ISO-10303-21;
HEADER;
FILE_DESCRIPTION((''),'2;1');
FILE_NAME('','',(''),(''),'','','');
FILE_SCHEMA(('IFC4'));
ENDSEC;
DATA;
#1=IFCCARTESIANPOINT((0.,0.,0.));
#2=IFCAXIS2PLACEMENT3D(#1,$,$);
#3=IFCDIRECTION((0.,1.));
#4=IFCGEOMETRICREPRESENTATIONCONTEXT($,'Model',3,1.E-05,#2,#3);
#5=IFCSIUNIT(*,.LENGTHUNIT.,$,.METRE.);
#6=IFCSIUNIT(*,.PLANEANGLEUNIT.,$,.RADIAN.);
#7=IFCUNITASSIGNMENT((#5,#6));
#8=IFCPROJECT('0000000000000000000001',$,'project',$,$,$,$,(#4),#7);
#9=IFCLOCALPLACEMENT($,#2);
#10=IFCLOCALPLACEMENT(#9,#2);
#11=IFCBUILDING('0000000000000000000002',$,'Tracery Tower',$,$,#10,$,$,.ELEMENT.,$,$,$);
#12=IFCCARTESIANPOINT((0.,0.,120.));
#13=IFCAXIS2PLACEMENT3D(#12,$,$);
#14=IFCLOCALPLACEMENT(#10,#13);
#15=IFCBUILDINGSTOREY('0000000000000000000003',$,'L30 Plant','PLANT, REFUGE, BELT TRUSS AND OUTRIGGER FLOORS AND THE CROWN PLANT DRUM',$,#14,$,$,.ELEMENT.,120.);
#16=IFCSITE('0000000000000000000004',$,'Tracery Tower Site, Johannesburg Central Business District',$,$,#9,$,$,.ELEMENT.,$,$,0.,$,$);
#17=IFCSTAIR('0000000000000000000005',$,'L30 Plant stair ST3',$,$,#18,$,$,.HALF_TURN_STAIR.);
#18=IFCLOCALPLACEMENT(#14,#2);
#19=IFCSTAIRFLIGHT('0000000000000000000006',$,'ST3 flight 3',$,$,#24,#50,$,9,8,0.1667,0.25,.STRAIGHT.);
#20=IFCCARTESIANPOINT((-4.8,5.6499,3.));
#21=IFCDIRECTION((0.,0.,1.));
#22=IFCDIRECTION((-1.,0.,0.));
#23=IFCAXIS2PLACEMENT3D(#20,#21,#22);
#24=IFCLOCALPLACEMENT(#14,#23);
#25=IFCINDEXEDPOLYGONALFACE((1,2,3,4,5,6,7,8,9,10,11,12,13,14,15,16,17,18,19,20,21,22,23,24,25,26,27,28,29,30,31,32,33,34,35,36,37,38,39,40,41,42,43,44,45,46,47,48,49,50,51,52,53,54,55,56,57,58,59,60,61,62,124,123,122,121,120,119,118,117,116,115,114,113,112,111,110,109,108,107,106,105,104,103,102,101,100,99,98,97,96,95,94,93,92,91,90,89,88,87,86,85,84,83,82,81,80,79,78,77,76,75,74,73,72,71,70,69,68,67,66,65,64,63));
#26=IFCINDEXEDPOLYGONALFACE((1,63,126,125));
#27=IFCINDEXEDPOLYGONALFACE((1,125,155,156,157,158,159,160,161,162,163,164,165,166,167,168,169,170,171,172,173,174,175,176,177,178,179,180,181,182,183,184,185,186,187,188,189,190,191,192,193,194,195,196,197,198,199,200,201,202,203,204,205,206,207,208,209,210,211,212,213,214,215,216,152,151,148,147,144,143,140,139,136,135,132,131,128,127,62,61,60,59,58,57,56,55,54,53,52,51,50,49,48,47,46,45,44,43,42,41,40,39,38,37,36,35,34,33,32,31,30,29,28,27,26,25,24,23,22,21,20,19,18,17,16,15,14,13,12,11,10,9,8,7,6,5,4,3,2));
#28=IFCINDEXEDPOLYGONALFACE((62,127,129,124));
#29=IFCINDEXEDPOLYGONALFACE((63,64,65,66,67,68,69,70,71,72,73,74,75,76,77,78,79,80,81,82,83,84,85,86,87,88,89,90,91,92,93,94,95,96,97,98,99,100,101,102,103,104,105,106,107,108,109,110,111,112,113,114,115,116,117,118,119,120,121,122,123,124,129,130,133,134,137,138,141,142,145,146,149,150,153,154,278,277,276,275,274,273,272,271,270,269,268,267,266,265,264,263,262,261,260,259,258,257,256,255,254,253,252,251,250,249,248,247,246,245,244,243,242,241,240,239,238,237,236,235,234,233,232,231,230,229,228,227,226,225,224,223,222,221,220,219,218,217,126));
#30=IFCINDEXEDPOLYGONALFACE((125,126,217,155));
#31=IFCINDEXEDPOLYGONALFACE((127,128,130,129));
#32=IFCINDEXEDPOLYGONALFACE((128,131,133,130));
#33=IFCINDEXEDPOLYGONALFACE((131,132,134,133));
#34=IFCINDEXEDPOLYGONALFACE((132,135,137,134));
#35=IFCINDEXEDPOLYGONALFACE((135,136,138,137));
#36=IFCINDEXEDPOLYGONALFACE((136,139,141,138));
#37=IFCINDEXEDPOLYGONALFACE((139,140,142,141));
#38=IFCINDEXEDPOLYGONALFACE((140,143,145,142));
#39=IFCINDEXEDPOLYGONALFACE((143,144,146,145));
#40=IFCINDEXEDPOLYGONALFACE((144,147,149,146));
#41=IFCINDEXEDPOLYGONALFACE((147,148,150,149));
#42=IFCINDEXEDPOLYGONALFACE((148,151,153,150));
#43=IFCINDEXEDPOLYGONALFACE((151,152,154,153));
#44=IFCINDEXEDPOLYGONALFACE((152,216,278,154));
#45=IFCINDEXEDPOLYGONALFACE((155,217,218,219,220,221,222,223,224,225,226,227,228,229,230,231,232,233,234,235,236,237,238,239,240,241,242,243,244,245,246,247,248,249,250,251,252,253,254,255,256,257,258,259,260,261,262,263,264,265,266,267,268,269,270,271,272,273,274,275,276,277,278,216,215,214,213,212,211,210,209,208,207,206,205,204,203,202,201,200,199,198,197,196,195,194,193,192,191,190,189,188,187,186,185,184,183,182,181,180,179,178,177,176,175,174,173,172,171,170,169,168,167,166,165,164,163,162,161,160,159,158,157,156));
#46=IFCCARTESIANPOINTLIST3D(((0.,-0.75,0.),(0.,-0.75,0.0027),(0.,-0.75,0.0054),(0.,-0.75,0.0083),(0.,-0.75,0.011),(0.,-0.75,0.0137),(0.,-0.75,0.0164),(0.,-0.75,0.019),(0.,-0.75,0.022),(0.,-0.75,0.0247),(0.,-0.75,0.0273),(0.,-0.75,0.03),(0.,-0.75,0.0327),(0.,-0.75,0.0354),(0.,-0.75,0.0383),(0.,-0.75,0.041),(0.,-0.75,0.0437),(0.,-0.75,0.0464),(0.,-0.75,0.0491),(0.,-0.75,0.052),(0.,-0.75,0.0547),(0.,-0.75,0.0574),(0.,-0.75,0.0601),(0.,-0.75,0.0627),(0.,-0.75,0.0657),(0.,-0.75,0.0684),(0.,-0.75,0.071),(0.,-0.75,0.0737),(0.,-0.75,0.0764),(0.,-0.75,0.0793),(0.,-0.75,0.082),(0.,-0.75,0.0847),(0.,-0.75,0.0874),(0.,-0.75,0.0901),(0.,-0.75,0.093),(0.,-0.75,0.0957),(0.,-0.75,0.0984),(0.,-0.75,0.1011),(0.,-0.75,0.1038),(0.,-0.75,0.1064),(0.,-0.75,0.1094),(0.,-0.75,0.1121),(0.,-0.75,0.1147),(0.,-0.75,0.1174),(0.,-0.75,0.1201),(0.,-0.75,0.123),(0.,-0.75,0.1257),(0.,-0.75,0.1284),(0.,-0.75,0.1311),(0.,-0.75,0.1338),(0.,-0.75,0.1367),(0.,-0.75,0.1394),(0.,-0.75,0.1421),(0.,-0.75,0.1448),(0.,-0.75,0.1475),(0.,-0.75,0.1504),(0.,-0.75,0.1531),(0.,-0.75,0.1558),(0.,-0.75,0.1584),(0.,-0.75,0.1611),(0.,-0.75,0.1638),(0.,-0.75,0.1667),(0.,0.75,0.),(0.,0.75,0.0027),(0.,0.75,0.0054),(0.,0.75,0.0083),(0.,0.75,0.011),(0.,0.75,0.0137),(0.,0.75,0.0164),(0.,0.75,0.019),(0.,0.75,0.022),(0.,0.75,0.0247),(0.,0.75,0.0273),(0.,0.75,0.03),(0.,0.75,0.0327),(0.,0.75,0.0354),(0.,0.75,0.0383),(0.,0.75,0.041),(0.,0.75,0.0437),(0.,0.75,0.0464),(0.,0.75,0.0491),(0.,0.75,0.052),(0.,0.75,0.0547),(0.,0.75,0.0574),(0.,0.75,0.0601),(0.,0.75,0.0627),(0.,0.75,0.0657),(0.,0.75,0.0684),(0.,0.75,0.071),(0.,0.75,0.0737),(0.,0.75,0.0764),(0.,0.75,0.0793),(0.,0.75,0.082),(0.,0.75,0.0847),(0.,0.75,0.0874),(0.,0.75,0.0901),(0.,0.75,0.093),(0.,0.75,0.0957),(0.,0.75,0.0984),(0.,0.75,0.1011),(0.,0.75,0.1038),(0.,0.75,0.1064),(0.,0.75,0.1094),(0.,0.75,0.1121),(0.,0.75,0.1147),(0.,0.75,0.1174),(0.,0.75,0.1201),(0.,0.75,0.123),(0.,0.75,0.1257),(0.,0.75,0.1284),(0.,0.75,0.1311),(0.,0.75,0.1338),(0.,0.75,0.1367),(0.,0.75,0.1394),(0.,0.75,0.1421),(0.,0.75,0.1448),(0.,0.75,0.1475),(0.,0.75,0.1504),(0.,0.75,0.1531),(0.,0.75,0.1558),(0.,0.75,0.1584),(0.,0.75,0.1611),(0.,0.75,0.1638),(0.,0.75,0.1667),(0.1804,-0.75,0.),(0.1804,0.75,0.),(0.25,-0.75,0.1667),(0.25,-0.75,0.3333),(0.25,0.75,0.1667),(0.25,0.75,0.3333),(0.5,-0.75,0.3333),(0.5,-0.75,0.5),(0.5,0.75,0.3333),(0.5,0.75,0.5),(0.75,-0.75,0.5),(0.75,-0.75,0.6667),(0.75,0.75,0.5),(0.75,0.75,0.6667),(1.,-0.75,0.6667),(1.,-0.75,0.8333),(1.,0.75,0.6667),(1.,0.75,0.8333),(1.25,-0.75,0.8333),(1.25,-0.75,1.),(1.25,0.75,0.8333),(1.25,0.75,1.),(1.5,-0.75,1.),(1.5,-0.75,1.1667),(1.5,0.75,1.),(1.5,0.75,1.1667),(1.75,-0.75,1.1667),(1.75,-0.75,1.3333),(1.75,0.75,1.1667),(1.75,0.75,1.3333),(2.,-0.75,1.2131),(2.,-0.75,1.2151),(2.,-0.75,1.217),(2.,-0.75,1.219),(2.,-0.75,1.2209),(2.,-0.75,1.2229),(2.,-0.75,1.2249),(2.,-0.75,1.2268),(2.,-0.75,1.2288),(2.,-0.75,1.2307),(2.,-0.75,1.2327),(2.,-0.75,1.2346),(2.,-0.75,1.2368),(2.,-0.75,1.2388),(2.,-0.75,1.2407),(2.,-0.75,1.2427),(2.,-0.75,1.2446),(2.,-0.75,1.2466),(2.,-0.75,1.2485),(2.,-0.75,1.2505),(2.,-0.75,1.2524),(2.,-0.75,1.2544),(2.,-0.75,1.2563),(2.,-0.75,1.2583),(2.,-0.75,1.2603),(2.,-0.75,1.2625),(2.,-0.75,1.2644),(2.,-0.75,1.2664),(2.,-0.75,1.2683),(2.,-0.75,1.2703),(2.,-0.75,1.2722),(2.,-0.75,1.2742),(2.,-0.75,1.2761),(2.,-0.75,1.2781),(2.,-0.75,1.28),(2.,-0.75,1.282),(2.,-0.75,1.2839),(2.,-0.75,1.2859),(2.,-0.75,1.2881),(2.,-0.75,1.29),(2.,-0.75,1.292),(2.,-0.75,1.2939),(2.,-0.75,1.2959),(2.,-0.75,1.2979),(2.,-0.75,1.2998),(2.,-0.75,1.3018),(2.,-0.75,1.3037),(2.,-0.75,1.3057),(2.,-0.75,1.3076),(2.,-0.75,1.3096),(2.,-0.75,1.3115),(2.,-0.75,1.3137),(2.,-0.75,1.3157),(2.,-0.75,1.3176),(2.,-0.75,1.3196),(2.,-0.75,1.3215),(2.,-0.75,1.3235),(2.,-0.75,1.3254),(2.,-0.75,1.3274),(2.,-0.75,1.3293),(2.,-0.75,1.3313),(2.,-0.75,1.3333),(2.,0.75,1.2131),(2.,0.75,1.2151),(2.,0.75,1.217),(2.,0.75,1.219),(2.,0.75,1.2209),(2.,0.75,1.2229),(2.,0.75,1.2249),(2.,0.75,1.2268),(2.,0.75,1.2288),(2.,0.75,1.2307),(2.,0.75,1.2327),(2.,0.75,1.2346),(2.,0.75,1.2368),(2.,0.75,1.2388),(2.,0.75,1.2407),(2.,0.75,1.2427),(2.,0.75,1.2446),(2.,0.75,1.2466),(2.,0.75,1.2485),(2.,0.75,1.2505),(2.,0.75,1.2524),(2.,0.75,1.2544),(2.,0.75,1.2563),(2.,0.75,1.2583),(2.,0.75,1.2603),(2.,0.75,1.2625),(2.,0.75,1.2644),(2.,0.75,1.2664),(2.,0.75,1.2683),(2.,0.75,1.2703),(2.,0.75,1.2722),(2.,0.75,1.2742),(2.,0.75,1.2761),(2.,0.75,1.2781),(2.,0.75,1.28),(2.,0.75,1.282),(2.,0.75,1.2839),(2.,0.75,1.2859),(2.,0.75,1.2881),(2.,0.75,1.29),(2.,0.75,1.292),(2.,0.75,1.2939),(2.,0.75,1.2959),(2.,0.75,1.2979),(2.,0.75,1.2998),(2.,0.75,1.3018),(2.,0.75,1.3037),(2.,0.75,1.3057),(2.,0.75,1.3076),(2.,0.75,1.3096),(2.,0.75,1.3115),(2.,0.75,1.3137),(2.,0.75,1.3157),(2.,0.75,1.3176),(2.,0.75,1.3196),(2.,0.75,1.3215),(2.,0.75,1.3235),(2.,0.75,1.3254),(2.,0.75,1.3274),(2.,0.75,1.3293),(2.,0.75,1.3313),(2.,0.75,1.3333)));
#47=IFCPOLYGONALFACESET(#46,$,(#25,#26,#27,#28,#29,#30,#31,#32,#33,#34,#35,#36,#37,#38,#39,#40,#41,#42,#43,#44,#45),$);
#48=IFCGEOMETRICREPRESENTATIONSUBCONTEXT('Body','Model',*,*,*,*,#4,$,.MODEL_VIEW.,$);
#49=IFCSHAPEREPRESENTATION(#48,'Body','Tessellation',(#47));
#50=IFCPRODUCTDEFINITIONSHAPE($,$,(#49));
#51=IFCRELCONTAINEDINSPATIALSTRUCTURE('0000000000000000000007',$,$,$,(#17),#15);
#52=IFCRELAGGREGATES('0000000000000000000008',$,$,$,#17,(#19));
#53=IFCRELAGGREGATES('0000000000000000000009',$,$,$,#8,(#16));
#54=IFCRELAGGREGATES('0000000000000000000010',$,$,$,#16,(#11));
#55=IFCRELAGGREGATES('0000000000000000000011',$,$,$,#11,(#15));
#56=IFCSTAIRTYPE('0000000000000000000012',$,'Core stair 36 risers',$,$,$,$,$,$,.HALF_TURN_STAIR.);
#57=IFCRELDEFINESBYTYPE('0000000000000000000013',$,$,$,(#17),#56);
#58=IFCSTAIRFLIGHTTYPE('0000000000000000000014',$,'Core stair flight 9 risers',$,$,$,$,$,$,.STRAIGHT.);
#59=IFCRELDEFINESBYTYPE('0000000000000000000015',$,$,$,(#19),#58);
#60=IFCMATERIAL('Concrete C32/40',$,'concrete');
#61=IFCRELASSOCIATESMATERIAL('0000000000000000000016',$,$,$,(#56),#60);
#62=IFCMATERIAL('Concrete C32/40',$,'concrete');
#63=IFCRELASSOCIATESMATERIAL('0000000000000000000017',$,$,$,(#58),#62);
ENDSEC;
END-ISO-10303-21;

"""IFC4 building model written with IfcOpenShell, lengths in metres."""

from ifc_helpers import new_model, si_unit, direction, frame, origin, place, context, subcontext, project, spatial, polyline, outline, extrude, material, type_object, element, aggregate, save


model = new_model("IFC4")

# Units and contexts
model_context = context("Model", 3, precision=1e-05, world=origin(), true_north=direction((0.0, 1.0)))
body_context = subcontext(model_context, "Body", "Model", "MODEL_VIEW")
ifc_project = project(units=[si_unit("LENGTHUNIT", "METRE"), si_unit("PLANEANGLEUNIT", "RADIAN")], contexts=[model_context])

# Site, building, storey
site_placement = place(None, origin())
site = spatial("IfcSite", under=ifc_project, at=site_placement, Name="Tracery Tower Site, Johannesburg Central Business District", CompositionType="ELEMENT", RefElevation=0.0)
building_placement = place(site_placement, origin())
building = spatial("IfcBuilding", under=site, at=building_placement, Name="Tracery Tower", CompositionType="ELEMENT")
storey_placement = place(building_placement, frame((0.0, 0.0, 120.0)))
storey = spatial("IfcBuildingStorey", under=building, at=storey_placement, Name="L30 Plant", Description="PLANT, REFUGE, BELT TRUSS AND OUTRIGGER FLOORS AND THE CROWN PLANT DRUM", CompositionType="ELEMENT", Elevation=120.0)

# Stair, stair flight
ifc_material_1 = material(Name="Concrete C32/40", Category="concrete")
stair_type = type_object("IfcStairType", Name="Core stair 36 risers", PredefinedType="HALF_TURN_STAIR", material=ifc_material_1)
stair_placement = place(storey_placement, origin())
stair = element("IfcStair", 1, at=stair_placement, inside=storey, type_object=stair_type, Name="L30 Plant stair ST3", PredefinedType="HALF_TURN_STAIR")
ifc_material_2 = material(Name="Concrete C32/40", Category="concrete")
stair_flight_type = type_object("IfcStairFlightType", Name="Core stair flight 9 risers", PredefinedType="STRAIGHT", material=ifc_material_2)
stair_flight_1_placement = place(storey_placement, frame((-4.8, 5.6499, 3.0), z_axis=(0.0, 0.0, 1.0), x_axis=(-1.0, 0.0, 0.0)))
stair_flight_1 = element("IfcStairFlight", 2, at=stair_flight_1_placement, type_object=stair_flight_type, Name="ST3 flight 3", NumberOfRisers=9, NumberOfTreads=8, PredefinedType="STRAIGHT", RiserHeight=0.1667, TreadLength=0.25, context=body_context, shape_type="SweptSolid", body=[
    extrude(outline(polyline([(0.0, 0.0), (0.0, 0.0027), (0.0, 0.0054), (0.0, 0.0083), (0.0, 0.011), (0.0, 0.0137), (0.0, 0.0164), (0.0, 0.019), (0.0, 0.022), (0.0, 0.0247), (0.0, 0.0273), (0.0, 0.03), (0.0, 0.0327), (0.0, 0.0354), (0.0, 0.0383), (0.0, 0.041), (0.0, 0.0437), (0.0, 0.0464), (0.0, 0.0491), (0.0, 0.052), (0.0, 0.0547), (0.0, 0.0574), (0.0, 0.0601), (0.0, 0.0627), (0.0, 0.0657), (0.0, 0.0684), (0.0, 0.071), (0.0, 0.0737), (0.0, 0.0764), (0.0, 0.0793), (0.0, 0.082), (0.0, 0.0847), (0.0, 0.0874), (0.0, 0.0901), (0.0, 0.093), (0.0, 0.0957), (0.0, 0.0984), (0.0, 0.1011), (0.0, 0.1038), (0.0, 0.1064), (0.0, 0.1094), (0.0, 0.1121), (0.0, 0.1147), (0.0, 0.1174), (0.0, 0.1201), (0.0, 0.123), (0.0, 0.1257), (0.0, 0.1284), (0.0, 0.1311), (0.0, 0.1338), (0.0, 0.1367), (0.0, 0.1394), (0.0, 0.1421), (0.0, 0.1448), (0.0, 0.1475), (0.0, 0.1504), (0.0, 0.1531), (0.0, 0.1558), (0.0, 0.1584), (0.0, 0.1611), (0.0, 0.1638), (0.0, 0.1667), (0.25, 0.1667), (0.25, 0.3333), (0.5, 0.3333), (0.5, 0.5), (0.75, 0.5), (0.75, 0.6667), (1.0, 0.6667), (1.0, 0.8333), (1.25, 0.8333), (1.25, 1.0), (1.5, 1.0), (1.5, 1.1667), (1.75, 1.1667), (1.75, 1.3333), (2.0, 1.3333), (2.0, 1.3313), (2.0, 1.3293), (2.0, 1.3274), (2.0, 1.3254), (2.0, 1.3235), (2.0, 1.3215), (2.0, 1.3196), (2.0, 1.3176), (2.0, 1.3157), (2.0, 1.3137), (2.0, 1.3115), (2.0, 1.3096), (2.0, 1.3076), (2.0, 1.3057), (2.0, 1.3037), (2.0, 1.3018), (2.0, 1.2998), (2.0, 1.2979), (2.0, 1.2959), (2.0, 1.2939), (2.0, 1.292), (2.0, 1.29), (2.0, 1.2881), (2.0, 1.2859), (2.0, 1.2839), (2.0, 1.282), (2.0, 1.28), (2.0, 1.2781), (2.0, 1.2761), (2.0, 1.2742), (2.0, 1.2722), (2.0, 1.2703), (2.0, 1.2683), (2.0, 1.2664), (2.0, 1.2644), (2.0, 1.2625), (2.0, 1.2603), (2.0, 1.2583), (2.0, 1.2563), (2.0, 1.2544), (2.0, 1.2524), (2.0, 1.2505), (2.0, 1.2485), (2.0, 1.2466), (2.0, 1.2446), (2.0, 1.2427), (2.0, 1.2407), (2.0, 1.2388), (2.0, 1.2368), (2.0, 1.2346), (2.0, 1.2327), (2.0, 1.2307), (2.0, 1.2288), (2.0, 1.2268), (2.0, 1.2249), (2.0, 1.2229), (2.0, 1.2209), (2.0, 1.219), (2.0, 1.217), (2.0, 1.2151), (2.0, 1.2131), (0.1804, 0.0), (0.0, 0.0)])), frame((0.0, 0.75, 0.0), z_axis=(0.0, -1.0, 0.0), x_axis=(1.0, 0.0, 0.0)), (0.0, 0.0, 1.0), 1.5),
])
aggregate(stair, [stair_flight_1])

save(model, "model.ifc")
